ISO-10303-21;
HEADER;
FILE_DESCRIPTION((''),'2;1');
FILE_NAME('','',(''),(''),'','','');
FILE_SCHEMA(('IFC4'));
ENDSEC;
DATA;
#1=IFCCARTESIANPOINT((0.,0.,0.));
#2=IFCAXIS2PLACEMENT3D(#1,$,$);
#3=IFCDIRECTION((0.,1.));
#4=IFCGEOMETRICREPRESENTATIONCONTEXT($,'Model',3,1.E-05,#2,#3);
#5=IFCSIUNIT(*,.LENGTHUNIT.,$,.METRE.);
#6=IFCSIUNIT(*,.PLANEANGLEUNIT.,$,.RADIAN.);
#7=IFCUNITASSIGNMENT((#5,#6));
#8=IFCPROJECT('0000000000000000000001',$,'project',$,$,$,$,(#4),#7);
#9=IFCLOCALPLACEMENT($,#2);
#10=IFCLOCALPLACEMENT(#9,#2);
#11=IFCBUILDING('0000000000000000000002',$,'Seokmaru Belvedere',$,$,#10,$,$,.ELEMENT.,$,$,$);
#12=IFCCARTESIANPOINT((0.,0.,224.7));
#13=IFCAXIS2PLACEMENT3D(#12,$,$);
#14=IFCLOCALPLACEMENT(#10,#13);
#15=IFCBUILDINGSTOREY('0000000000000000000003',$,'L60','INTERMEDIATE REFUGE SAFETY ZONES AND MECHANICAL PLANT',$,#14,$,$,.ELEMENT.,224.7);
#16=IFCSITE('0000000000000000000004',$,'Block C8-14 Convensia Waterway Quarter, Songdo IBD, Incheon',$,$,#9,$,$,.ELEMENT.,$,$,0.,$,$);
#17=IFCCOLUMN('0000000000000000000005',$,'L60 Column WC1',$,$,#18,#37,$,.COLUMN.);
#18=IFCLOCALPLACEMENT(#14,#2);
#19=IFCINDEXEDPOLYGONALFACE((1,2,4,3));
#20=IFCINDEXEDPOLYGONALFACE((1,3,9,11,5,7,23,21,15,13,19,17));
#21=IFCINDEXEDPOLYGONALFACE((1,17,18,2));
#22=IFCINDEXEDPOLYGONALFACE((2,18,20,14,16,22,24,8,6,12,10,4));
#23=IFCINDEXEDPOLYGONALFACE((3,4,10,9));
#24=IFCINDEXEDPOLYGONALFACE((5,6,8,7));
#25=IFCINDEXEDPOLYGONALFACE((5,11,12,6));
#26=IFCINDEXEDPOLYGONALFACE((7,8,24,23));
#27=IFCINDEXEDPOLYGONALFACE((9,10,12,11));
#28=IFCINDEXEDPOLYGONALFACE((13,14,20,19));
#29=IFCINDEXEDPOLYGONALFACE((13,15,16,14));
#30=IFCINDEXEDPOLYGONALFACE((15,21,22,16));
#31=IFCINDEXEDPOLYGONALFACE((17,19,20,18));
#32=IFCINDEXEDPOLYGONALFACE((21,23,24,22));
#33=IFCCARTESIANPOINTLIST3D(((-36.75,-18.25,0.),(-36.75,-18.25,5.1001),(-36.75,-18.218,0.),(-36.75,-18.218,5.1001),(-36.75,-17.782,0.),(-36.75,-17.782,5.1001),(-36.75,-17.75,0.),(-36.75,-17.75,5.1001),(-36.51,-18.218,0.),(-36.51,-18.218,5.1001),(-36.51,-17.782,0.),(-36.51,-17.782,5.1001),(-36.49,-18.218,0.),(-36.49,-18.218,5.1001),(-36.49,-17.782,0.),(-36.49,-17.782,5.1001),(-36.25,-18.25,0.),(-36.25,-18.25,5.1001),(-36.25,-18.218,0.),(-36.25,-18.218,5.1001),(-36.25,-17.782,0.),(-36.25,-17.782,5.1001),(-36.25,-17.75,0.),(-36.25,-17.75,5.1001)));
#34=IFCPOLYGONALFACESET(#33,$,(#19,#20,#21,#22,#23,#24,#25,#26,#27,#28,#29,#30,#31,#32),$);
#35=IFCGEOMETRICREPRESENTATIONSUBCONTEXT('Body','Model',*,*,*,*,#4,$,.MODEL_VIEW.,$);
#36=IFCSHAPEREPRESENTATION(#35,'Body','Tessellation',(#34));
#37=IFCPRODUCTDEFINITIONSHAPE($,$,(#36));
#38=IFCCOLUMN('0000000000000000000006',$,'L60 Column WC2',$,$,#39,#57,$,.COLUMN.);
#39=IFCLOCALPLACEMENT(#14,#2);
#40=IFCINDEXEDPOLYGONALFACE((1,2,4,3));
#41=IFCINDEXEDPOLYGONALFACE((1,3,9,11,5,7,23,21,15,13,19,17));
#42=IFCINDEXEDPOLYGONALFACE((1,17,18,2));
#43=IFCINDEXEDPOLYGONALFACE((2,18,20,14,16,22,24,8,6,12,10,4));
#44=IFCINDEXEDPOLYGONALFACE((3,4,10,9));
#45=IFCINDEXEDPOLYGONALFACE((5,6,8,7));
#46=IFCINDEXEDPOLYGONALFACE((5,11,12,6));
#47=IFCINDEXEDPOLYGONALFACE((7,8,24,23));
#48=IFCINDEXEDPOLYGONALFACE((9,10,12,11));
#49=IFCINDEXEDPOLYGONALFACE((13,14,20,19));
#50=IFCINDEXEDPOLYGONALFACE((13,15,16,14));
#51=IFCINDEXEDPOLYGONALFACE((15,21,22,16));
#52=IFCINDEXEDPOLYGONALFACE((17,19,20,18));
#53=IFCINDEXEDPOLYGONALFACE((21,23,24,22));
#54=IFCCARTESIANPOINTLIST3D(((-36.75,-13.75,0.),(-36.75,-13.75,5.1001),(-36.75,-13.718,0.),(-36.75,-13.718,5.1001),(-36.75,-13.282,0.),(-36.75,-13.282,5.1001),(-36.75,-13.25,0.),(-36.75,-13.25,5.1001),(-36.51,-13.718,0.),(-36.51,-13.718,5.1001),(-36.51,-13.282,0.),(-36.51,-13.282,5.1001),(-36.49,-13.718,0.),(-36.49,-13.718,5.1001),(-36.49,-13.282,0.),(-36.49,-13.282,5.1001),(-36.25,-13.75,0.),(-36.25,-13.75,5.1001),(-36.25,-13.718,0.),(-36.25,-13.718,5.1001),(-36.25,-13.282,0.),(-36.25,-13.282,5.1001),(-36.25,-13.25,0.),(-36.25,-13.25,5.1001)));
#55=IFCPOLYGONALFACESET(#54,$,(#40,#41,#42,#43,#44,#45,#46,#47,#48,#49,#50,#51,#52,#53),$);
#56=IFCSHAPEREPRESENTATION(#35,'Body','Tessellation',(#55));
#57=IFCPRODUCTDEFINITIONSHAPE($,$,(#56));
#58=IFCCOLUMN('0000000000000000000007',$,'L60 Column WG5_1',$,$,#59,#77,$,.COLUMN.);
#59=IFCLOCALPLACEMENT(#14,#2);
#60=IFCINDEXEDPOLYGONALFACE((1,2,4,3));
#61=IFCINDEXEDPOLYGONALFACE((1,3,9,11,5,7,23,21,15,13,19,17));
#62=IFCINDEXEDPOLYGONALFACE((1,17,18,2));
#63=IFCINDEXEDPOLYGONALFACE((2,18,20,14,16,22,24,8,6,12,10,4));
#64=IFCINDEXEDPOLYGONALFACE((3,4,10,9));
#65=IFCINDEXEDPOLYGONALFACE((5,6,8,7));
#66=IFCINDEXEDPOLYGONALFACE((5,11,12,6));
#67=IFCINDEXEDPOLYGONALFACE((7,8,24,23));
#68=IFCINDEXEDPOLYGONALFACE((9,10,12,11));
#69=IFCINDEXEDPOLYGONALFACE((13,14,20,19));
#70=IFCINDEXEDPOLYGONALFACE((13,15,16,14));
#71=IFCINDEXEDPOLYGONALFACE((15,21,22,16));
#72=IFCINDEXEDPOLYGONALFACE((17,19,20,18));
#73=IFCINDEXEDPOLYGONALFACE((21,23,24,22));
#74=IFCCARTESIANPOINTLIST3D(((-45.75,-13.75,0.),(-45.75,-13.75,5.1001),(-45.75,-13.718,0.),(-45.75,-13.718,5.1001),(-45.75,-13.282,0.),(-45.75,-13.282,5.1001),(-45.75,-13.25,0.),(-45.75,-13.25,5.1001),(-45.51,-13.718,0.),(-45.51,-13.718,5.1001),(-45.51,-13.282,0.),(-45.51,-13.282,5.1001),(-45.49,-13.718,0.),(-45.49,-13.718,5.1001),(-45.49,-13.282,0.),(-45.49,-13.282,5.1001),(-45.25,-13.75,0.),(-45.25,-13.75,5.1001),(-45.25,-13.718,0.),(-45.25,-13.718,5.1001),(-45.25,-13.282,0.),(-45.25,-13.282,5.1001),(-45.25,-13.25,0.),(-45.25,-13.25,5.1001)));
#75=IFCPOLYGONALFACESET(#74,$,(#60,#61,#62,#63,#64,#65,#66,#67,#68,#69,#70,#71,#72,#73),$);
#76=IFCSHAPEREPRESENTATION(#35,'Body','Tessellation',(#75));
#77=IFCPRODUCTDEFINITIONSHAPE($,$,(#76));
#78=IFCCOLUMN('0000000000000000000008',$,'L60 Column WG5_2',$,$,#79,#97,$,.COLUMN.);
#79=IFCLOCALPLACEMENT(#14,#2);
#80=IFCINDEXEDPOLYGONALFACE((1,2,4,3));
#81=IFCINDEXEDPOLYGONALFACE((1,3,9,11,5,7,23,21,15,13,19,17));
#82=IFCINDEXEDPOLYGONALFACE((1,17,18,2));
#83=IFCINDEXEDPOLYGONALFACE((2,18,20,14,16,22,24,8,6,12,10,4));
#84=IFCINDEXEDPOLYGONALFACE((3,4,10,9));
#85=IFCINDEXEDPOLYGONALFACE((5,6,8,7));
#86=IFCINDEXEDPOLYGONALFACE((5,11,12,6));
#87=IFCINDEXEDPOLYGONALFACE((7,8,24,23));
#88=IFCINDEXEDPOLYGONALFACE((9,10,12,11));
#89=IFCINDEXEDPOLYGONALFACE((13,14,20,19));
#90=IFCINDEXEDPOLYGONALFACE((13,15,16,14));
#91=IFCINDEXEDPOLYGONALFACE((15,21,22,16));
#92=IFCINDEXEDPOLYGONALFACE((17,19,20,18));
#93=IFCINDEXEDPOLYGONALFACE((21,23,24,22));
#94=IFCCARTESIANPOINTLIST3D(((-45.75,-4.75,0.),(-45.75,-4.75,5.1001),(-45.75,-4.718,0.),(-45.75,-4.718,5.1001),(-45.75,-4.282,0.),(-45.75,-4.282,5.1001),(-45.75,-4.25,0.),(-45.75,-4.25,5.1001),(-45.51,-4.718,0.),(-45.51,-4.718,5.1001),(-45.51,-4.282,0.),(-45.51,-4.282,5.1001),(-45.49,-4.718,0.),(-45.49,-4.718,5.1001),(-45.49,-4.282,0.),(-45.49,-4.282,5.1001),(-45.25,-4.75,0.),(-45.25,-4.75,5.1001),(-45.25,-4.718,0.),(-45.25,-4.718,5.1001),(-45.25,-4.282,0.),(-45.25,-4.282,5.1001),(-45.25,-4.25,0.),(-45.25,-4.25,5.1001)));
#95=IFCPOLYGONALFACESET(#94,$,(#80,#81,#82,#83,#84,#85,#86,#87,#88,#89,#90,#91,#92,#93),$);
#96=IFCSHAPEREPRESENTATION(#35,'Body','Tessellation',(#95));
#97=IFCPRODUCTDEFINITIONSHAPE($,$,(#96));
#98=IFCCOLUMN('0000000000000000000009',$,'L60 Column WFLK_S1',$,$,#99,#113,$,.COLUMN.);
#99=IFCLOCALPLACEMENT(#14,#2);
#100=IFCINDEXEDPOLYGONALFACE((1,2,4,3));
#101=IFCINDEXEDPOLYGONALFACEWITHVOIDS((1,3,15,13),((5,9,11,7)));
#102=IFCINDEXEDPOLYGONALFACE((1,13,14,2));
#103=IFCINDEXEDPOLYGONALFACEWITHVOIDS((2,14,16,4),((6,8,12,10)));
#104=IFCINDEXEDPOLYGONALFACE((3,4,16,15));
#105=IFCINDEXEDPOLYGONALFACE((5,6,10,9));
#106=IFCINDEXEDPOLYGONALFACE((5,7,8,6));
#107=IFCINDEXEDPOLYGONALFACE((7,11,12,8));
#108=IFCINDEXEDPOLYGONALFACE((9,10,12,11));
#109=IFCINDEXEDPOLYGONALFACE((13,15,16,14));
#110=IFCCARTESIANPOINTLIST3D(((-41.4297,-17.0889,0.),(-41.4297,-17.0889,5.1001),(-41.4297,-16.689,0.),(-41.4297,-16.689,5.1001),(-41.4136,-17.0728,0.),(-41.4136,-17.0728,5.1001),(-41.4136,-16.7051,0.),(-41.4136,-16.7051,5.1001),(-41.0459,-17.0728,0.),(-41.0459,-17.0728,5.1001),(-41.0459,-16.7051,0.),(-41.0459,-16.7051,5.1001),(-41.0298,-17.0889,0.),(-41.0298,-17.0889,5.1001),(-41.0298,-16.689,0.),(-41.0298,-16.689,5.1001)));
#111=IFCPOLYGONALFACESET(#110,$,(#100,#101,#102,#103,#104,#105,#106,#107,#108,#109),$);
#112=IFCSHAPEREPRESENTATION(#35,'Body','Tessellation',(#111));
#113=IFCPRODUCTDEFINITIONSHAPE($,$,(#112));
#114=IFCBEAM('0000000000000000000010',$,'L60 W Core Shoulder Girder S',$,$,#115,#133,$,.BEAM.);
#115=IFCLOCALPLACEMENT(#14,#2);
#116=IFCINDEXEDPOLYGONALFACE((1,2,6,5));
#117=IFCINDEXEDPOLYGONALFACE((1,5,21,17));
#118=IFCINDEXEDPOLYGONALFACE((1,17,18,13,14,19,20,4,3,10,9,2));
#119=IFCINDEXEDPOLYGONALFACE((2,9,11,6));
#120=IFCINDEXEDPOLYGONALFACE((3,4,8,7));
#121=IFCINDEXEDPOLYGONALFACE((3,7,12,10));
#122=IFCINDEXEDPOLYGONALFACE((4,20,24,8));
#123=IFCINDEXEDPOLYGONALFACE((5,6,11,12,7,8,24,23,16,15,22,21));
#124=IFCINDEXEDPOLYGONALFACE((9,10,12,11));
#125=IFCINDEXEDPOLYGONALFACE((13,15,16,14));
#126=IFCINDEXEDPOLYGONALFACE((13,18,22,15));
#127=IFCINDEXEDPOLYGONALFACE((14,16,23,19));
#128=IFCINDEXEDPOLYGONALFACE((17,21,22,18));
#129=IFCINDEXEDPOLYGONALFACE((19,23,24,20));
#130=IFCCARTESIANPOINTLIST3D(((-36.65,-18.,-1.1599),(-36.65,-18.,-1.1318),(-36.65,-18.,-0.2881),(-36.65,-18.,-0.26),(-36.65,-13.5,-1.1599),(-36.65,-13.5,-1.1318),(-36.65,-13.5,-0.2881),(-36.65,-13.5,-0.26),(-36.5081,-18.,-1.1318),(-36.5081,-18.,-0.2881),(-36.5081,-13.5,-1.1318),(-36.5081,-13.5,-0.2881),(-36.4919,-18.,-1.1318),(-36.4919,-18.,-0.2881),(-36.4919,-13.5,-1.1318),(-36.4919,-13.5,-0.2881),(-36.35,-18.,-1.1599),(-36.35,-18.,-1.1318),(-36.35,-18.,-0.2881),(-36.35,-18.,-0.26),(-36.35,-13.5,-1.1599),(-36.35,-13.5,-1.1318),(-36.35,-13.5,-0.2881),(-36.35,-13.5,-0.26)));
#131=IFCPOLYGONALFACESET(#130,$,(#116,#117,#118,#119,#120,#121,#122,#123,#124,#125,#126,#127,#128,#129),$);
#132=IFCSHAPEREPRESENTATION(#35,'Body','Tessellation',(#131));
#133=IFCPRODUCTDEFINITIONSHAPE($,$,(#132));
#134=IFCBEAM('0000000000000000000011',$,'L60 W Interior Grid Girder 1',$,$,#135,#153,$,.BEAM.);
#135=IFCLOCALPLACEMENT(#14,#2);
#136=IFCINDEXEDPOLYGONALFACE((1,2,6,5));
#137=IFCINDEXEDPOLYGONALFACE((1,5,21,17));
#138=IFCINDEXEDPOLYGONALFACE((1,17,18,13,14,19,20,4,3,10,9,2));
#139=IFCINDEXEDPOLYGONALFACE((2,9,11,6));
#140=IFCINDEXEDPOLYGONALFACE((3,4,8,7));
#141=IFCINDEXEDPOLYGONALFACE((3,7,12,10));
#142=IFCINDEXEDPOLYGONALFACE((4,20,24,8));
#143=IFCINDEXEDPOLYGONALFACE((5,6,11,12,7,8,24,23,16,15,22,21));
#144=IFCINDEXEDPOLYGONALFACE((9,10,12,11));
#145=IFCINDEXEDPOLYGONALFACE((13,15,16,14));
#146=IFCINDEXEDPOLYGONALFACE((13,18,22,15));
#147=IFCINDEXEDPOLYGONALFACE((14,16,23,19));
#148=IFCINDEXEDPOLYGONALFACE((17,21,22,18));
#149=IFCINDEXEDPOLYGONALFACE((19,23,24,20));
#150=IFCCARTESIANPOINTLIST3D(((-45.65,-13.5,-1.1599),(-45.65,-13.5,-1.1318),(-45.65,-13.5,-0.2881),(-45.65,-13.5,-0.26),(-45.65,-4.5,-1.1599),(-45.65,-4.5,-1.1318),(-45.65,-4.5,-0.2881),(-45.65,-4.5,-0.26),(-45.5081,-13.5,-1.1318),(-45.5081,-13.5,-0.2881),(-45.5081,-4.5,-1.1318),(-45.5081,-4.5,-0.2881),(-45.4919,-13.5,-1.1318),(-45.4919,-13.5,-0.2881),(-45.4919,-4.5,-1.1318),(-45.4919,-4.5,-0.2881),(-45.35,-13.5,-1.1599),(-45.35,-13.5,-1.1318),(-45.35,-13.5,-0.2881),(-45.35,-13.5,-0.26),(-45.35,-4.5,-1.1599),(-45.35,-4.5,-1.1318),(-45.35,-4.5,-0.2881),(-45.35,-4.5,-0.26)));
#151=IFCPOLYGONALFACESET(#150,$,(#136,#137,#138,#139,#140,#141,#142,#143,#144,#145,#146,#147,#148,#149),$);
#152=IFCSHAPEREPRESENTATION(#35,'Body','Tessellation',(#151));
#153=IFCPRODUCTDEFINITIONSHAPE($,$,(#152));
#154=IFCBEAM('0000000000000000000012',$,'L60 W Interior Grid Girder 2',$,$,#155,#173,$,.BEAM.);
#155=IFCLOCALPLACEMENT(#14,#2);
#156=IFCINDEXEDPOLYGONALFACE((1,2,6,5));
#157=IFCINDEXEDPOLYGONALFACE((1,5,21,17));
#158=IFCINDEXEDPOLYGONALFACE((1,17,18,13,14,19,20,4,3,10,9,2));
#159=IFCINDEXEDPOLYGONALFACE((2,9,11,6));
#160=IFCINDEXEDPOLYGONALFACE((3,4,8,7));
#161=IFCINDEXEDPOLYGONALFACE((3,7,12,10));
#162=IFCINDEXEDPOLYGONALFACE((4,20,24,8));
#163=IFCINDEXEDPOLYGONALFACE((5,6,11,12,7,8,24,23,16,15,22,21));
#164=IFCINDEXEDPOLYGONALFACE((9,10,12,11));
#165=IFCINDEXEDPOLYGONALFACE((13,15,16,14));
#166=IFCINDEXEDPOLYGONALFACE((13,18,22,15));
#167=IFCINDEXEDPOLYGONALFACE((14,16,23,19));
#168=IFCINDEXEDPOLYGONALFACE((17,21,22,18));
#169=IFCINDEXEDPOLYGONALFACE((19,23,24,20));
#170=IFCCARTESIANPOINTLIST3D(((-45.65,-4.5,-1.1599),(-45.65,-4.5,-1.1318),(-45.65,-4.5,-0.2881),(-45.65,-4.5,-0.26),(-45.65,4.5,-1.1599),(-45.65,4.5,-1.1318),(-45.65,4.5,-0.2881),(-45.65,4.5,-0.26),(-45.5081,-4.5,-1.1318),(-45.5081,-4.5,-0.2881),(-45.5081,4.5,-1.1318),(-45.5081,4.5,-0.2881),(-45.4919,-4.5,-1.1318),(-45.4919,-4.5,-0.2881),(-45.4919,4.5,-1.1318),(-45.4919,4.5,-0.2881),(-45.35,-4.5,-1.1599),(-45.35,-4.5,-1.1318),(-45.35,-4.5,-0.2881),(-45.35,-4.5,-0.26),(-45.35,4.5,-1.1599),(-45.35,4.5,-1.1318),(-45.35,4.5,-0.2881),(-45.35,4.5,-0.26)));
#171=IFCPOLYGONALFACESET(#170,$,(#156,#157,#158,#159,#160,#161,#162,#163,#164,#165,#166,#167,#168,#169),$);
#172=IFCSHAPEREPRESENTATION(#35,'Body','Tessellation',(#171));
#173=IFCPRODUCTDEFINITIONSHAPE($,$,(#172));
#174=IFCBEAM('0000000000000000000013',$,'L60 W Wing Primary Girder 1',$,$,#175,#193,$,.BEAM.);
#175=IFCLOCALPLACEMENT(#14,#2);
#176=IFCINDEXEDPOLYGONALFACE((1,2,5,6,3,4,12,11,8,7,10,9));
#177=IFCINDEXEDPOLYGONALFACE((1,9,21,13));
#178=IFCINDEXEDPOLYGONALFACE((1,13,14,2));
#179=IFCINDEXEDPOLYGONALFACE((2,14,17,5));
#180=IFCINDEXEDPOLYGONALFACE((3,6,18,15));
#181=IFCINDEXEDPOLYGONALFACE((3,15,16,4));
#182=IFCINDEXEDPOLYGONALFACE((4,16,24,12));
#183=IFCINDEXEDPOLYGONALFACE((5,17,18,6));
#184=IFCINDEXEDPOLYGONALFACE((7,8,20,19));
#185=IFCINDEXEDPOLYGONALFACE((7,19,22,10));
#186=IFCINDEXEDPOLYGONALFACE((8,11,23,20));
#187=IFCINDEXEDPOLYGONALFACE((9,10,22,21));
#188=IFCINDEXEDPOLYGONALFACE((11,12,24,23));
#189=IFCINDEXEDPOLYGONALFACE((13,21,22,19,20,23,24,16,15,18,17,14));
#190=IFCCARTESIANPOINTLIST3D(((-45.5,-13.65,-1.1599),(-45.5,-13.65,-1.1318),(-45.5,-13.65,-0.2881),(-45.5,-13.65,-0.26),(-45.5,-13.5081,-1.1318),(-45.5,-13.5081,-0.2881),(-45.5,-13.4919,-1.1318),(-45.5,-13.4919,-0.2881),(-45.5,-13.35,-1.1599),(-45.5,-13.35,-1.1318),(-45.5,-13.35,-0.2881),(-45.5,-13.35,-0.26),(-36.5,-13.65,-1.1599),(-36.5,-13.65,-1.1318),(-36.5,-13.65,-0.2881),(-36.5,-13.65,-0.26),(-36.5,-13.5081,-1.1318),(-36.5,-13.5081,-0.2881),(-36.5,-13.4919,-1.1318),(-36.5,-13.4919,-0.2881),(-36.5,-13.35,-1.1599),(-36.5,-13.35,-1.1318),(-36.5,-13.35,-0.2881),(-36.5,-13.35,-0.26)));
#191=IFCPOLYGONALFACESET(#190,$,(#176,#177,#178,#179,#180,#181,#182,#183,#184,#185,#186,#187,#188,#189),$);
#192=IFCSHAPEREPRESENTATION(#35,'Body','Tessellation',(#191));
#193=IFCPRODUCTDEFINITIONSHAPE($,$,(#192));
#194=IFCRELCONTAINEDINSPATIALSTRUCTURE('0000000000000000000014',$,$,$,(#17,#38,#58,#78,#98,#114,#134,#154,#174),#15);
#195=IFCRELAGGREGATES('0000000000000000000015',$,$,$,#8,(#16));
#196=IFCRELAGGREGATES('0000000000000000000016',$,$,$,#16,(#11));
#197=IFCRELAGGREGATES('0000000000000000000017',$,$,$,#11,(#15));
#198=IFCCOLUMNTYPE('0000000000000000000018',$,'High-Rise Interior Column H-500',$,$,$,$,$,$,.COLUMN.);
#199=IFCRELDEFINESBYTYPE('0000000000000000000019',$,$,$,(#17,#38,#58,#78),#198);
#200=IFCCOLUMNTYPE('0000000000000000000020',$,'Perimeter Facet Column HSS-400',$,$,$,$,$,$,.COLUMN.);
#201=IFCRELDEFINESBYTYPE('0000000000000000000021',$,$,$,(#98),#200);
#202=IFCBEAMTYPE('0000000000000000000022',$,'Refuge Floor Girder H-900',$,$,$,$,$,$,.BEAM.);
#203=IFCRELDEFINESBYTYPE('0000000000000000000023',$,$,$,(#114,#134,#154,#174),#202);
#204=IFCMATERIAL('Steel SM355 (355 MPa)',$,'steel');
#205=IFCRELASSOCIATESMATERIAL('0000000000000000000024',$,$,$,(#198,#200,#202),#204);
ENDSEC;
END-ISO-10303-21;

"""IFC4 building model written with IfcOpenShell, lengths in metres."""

from ifc_helpers import new_model, si_unit, direction, frame, origin, origin_2d, place, context, subcontext, project, spatial, hollow_rectangle, i_section, extrude, source, transform, mapped, material, material_profile, profile_set, type_object, type_shapes, element, save


model = new_model("IFC4")

# Units and contexts
model_context = context("Model", 3, precision=1e-05, world=origin(), true_north=direction((0.0, 1.0)))
body_context = subcontext(model_context, "Body", "Model", "MODEL_VIEW")
ifc_project = project(units=[si_unit("LENGTHUNIT", "METRE"), si_unit("PLANEANGLEUNIT", "RADIAN")], contexts=[model_context])

# Site, building, storey
site_placement = place(None, origin())
site = spatial("IfcSite", under=ifc_project, at=site_placement, Name="Block C8-14 Convensia Waterway Quarter, Songdo IBD, Incheon", CompositionType="ELEMENT", RefElevation=0.0)
building_placement = place(site_placement, origin())
building = spatial("IfcBuilding", under=site, at=building_placement, Name="Seokmaru Belvedere", CompositionType="ELEMENT")
storey_placement = place(building_placement, frame((0.0, 0.0, 224.7)))
storey = spatial("IfcBuildingStorey", under=building, at=storey_placement, Name="L60", Description="INTERMEDIATE REFUGE SAFETY ZONES AND MECHANICAL PLANT", CompositionType="ELEMENT", Elevation=224.7)

# Columns
ifc_material_1 = material(Name="Steel SM355 (355 MPa)", Category="steel")
ifc_material_profile_1 = material_profile(ifc_material_1, i_section(OverallWidth=0.5, OverallDepth=0.5, WebThickness=0.02, FlangeThickness=0.032, at=origin_2d()), Name="H-500x500x20x32")
ifc_profile_set_1 = profile_set([ifc_material_profile_1], Name="Steel SM355 (355 MPa)")
column_type_1 = type_object("IfcColumnType", Name="High-Rise Interior Column H-500", PredefinedType="COLUMN", material=ifc_profile_set_1)
shared_shape_1 = source(origin(), body_context, "Body", "SweptSolid", [
    extrude(i_section(OverallWidth=0.5, OverallDepth=0.5, WebThickness=0.02, FlangeThickness=0.032, at=origin_2d()), origin(), (0.0, 0.0, 1.0), 5.1001),
])
type_shapes(column_type_1, [shared_shape_1])
for number, where, z_axis, x_axis, name in (
    (1, (-36.5, -18.0, 0.0), (0.0, 0.0, 1.0), (1.0, 0.0, 0.0), "L60 Column WC1"),
    (2, (-36.5, -13.5, 0.0), (0.0, 0.0, 1.0), (1.0, 0.0, 0.0), "L60 Column WC2"),
    (3, (-45.5, -13.5, 0.0), (0.0, 0.0, 1.0), (1.0, 0.0, 0.0), "L60 Column WG5_1"),
    (4, (-45.5, -4.5, 0.0), (0.0, 0.0, 1.0), (1.0, 0.0, 0.0), "L60 Column WG5_2"),
):
    element("IfcColumn", number, at=place(storey_placement, frame(where, z_axis=z_axis, x_axis=x_axis)), inside=storey, type_object=column_type_1, Name=name, PredefinedType="COLUMN", context=body_context, shape_type="MappedRepresentation", body=[
        mapped(shared_shape_1, transform((0.0, 0.0, 0.0), scale=1.0)),
    ])
ifc_material_profile_2 = material_profile(ifc_material_1, hollow_rectangle(XDim=0.3999, YDim=0.3999, WallThickness=0.0161, at=origin_2d()), Name="HSS-400x400x16")
ifc_profile_set_2 = profile_set([ifc_material_profile_2], Name="Steel SM355 (355 MPa)")
column_type_2 = type_object("IfcColumnType", Name="Perimeter Facet Column HSS-400", PredefinedType="COLUMN", material=ifc_profile_set_2)
shared_shape_2 = source(origin(), body_context, "Body", "SweptSolid", [
    extrude(hollow_rectangle(XDim=0.3999, YDim=0.3999, WallThickness=0.0161, at=origin_2d()), origin(), (0.0, 0.0, 1.0), 5.1001),
])
type_shapes(column_type_2, [shared_shape_2])
column_placement = place(storey_placement, frame((-41.2297, -16.8889, 0.0), z_axis=(0.0, 0.0, 1.0), x_axis=(1.0, 0.0, 0.0)))
element("IfcColumn", 5, at=column_placement, inside=storey, type_object=column_type_2, Name="L60 Column WFLK_S1", PredefinedType="COLUMN", context=body_context, shape_type="MappedRepresentation", body=[
    mapped(shared_shape_2, transform((0.0, 0.0, 0.0), scale=1.0)),
])

# Beams
ifc_material_profile_3 = material_profile(ifc_material_1, i_section(OverallWidth=0.3, OverallDepth=0.8999, WebThickness=0.0161, FlangeThickness=0.0281, at=origin_2d()), Name="H-900x300x16x28")
ifc_profile_set_3 = profile_set([ifc_material_profile_3], Name="Steel SM355 (355 MPa)")
beam_type_1 = type_object("IfcBeamType", Name="Refuge Floor Girder H-900", PredefinedType="BEAM", material=ifc_profile_set_3)
shared_shape_3 = source(origin(), body_context, "Body", "SweptSolid", [
    extrude(i_section(OverallWidth=0.3, OverallDepth=0.8999, WebThickness=0.0161, FlangeThickness=0.0281, at=origin_2d()), origin(), (0.0, 0.0, 1.0), 4.5),
])
beam_1_placement = place(storey_placement, frame((-36.5, -18.0, -0.71), z_axis=(0.0, 1.0, 0.0), x_axis=(-1.0, 0.0, 0.0)))
element("IfcBeam", 6, at=beam_1_placement, inside=storey, type_object=beam_type_1, Name="L60 W Core Shoulder Girder S", PredefinedType="BEAM", context=body_context, shape_type="MappedRepresentation", body=[
    mapped(shared_shape_3, transform((0.0, 0.0, 0.0), scale=1.0)),
])
shared_shape_4 = source(origin(), body_context, "Body", "SweptSolid", [
    extrude(i_section(OverallWidth=0.3, OverallDepth=0.8999, WebThickness=0.0161, FlangeThickness=0.0281, at=origin_2d()), origin(), (0.0, 0.0, 1.0), 9.0),
])
for number, where, z_axis, x_axis, name in (
    (7, (-45.5, -13.5, -0.71), (0.0, 1.0, 0.0), (-1.0, 0.0, 0.0), "L60 W Interior Grid Girder 1"),
    (8, (-45.5, -4.5, -0.71), (0.0, 1.0, 0.0), (-1.0, 0.0, 0.0), "L60 W Interior Grid Girder 2"),
    (9, (-45.5, -13.5, -0.71), (1.0, 0.0, 0.0), (0.0, 1.0, 0.0), "L60 W Wing Primary Girder 1"),
):
    element("IfcBeam", number, at=place(storey_placement, frame(where, z_axis=z_axis, x_axis=x_axis)), inside=storey, type_object=beam_type_1, Name=name, PredefinedType="BEAM", context=body_context, shape_type="MappedRepresentation", body=[
        mapped(shared_shape_4, transform((0.0, 0.0, 0.0), scale=1.0)),
    ])

save(model, "model.ifc")
